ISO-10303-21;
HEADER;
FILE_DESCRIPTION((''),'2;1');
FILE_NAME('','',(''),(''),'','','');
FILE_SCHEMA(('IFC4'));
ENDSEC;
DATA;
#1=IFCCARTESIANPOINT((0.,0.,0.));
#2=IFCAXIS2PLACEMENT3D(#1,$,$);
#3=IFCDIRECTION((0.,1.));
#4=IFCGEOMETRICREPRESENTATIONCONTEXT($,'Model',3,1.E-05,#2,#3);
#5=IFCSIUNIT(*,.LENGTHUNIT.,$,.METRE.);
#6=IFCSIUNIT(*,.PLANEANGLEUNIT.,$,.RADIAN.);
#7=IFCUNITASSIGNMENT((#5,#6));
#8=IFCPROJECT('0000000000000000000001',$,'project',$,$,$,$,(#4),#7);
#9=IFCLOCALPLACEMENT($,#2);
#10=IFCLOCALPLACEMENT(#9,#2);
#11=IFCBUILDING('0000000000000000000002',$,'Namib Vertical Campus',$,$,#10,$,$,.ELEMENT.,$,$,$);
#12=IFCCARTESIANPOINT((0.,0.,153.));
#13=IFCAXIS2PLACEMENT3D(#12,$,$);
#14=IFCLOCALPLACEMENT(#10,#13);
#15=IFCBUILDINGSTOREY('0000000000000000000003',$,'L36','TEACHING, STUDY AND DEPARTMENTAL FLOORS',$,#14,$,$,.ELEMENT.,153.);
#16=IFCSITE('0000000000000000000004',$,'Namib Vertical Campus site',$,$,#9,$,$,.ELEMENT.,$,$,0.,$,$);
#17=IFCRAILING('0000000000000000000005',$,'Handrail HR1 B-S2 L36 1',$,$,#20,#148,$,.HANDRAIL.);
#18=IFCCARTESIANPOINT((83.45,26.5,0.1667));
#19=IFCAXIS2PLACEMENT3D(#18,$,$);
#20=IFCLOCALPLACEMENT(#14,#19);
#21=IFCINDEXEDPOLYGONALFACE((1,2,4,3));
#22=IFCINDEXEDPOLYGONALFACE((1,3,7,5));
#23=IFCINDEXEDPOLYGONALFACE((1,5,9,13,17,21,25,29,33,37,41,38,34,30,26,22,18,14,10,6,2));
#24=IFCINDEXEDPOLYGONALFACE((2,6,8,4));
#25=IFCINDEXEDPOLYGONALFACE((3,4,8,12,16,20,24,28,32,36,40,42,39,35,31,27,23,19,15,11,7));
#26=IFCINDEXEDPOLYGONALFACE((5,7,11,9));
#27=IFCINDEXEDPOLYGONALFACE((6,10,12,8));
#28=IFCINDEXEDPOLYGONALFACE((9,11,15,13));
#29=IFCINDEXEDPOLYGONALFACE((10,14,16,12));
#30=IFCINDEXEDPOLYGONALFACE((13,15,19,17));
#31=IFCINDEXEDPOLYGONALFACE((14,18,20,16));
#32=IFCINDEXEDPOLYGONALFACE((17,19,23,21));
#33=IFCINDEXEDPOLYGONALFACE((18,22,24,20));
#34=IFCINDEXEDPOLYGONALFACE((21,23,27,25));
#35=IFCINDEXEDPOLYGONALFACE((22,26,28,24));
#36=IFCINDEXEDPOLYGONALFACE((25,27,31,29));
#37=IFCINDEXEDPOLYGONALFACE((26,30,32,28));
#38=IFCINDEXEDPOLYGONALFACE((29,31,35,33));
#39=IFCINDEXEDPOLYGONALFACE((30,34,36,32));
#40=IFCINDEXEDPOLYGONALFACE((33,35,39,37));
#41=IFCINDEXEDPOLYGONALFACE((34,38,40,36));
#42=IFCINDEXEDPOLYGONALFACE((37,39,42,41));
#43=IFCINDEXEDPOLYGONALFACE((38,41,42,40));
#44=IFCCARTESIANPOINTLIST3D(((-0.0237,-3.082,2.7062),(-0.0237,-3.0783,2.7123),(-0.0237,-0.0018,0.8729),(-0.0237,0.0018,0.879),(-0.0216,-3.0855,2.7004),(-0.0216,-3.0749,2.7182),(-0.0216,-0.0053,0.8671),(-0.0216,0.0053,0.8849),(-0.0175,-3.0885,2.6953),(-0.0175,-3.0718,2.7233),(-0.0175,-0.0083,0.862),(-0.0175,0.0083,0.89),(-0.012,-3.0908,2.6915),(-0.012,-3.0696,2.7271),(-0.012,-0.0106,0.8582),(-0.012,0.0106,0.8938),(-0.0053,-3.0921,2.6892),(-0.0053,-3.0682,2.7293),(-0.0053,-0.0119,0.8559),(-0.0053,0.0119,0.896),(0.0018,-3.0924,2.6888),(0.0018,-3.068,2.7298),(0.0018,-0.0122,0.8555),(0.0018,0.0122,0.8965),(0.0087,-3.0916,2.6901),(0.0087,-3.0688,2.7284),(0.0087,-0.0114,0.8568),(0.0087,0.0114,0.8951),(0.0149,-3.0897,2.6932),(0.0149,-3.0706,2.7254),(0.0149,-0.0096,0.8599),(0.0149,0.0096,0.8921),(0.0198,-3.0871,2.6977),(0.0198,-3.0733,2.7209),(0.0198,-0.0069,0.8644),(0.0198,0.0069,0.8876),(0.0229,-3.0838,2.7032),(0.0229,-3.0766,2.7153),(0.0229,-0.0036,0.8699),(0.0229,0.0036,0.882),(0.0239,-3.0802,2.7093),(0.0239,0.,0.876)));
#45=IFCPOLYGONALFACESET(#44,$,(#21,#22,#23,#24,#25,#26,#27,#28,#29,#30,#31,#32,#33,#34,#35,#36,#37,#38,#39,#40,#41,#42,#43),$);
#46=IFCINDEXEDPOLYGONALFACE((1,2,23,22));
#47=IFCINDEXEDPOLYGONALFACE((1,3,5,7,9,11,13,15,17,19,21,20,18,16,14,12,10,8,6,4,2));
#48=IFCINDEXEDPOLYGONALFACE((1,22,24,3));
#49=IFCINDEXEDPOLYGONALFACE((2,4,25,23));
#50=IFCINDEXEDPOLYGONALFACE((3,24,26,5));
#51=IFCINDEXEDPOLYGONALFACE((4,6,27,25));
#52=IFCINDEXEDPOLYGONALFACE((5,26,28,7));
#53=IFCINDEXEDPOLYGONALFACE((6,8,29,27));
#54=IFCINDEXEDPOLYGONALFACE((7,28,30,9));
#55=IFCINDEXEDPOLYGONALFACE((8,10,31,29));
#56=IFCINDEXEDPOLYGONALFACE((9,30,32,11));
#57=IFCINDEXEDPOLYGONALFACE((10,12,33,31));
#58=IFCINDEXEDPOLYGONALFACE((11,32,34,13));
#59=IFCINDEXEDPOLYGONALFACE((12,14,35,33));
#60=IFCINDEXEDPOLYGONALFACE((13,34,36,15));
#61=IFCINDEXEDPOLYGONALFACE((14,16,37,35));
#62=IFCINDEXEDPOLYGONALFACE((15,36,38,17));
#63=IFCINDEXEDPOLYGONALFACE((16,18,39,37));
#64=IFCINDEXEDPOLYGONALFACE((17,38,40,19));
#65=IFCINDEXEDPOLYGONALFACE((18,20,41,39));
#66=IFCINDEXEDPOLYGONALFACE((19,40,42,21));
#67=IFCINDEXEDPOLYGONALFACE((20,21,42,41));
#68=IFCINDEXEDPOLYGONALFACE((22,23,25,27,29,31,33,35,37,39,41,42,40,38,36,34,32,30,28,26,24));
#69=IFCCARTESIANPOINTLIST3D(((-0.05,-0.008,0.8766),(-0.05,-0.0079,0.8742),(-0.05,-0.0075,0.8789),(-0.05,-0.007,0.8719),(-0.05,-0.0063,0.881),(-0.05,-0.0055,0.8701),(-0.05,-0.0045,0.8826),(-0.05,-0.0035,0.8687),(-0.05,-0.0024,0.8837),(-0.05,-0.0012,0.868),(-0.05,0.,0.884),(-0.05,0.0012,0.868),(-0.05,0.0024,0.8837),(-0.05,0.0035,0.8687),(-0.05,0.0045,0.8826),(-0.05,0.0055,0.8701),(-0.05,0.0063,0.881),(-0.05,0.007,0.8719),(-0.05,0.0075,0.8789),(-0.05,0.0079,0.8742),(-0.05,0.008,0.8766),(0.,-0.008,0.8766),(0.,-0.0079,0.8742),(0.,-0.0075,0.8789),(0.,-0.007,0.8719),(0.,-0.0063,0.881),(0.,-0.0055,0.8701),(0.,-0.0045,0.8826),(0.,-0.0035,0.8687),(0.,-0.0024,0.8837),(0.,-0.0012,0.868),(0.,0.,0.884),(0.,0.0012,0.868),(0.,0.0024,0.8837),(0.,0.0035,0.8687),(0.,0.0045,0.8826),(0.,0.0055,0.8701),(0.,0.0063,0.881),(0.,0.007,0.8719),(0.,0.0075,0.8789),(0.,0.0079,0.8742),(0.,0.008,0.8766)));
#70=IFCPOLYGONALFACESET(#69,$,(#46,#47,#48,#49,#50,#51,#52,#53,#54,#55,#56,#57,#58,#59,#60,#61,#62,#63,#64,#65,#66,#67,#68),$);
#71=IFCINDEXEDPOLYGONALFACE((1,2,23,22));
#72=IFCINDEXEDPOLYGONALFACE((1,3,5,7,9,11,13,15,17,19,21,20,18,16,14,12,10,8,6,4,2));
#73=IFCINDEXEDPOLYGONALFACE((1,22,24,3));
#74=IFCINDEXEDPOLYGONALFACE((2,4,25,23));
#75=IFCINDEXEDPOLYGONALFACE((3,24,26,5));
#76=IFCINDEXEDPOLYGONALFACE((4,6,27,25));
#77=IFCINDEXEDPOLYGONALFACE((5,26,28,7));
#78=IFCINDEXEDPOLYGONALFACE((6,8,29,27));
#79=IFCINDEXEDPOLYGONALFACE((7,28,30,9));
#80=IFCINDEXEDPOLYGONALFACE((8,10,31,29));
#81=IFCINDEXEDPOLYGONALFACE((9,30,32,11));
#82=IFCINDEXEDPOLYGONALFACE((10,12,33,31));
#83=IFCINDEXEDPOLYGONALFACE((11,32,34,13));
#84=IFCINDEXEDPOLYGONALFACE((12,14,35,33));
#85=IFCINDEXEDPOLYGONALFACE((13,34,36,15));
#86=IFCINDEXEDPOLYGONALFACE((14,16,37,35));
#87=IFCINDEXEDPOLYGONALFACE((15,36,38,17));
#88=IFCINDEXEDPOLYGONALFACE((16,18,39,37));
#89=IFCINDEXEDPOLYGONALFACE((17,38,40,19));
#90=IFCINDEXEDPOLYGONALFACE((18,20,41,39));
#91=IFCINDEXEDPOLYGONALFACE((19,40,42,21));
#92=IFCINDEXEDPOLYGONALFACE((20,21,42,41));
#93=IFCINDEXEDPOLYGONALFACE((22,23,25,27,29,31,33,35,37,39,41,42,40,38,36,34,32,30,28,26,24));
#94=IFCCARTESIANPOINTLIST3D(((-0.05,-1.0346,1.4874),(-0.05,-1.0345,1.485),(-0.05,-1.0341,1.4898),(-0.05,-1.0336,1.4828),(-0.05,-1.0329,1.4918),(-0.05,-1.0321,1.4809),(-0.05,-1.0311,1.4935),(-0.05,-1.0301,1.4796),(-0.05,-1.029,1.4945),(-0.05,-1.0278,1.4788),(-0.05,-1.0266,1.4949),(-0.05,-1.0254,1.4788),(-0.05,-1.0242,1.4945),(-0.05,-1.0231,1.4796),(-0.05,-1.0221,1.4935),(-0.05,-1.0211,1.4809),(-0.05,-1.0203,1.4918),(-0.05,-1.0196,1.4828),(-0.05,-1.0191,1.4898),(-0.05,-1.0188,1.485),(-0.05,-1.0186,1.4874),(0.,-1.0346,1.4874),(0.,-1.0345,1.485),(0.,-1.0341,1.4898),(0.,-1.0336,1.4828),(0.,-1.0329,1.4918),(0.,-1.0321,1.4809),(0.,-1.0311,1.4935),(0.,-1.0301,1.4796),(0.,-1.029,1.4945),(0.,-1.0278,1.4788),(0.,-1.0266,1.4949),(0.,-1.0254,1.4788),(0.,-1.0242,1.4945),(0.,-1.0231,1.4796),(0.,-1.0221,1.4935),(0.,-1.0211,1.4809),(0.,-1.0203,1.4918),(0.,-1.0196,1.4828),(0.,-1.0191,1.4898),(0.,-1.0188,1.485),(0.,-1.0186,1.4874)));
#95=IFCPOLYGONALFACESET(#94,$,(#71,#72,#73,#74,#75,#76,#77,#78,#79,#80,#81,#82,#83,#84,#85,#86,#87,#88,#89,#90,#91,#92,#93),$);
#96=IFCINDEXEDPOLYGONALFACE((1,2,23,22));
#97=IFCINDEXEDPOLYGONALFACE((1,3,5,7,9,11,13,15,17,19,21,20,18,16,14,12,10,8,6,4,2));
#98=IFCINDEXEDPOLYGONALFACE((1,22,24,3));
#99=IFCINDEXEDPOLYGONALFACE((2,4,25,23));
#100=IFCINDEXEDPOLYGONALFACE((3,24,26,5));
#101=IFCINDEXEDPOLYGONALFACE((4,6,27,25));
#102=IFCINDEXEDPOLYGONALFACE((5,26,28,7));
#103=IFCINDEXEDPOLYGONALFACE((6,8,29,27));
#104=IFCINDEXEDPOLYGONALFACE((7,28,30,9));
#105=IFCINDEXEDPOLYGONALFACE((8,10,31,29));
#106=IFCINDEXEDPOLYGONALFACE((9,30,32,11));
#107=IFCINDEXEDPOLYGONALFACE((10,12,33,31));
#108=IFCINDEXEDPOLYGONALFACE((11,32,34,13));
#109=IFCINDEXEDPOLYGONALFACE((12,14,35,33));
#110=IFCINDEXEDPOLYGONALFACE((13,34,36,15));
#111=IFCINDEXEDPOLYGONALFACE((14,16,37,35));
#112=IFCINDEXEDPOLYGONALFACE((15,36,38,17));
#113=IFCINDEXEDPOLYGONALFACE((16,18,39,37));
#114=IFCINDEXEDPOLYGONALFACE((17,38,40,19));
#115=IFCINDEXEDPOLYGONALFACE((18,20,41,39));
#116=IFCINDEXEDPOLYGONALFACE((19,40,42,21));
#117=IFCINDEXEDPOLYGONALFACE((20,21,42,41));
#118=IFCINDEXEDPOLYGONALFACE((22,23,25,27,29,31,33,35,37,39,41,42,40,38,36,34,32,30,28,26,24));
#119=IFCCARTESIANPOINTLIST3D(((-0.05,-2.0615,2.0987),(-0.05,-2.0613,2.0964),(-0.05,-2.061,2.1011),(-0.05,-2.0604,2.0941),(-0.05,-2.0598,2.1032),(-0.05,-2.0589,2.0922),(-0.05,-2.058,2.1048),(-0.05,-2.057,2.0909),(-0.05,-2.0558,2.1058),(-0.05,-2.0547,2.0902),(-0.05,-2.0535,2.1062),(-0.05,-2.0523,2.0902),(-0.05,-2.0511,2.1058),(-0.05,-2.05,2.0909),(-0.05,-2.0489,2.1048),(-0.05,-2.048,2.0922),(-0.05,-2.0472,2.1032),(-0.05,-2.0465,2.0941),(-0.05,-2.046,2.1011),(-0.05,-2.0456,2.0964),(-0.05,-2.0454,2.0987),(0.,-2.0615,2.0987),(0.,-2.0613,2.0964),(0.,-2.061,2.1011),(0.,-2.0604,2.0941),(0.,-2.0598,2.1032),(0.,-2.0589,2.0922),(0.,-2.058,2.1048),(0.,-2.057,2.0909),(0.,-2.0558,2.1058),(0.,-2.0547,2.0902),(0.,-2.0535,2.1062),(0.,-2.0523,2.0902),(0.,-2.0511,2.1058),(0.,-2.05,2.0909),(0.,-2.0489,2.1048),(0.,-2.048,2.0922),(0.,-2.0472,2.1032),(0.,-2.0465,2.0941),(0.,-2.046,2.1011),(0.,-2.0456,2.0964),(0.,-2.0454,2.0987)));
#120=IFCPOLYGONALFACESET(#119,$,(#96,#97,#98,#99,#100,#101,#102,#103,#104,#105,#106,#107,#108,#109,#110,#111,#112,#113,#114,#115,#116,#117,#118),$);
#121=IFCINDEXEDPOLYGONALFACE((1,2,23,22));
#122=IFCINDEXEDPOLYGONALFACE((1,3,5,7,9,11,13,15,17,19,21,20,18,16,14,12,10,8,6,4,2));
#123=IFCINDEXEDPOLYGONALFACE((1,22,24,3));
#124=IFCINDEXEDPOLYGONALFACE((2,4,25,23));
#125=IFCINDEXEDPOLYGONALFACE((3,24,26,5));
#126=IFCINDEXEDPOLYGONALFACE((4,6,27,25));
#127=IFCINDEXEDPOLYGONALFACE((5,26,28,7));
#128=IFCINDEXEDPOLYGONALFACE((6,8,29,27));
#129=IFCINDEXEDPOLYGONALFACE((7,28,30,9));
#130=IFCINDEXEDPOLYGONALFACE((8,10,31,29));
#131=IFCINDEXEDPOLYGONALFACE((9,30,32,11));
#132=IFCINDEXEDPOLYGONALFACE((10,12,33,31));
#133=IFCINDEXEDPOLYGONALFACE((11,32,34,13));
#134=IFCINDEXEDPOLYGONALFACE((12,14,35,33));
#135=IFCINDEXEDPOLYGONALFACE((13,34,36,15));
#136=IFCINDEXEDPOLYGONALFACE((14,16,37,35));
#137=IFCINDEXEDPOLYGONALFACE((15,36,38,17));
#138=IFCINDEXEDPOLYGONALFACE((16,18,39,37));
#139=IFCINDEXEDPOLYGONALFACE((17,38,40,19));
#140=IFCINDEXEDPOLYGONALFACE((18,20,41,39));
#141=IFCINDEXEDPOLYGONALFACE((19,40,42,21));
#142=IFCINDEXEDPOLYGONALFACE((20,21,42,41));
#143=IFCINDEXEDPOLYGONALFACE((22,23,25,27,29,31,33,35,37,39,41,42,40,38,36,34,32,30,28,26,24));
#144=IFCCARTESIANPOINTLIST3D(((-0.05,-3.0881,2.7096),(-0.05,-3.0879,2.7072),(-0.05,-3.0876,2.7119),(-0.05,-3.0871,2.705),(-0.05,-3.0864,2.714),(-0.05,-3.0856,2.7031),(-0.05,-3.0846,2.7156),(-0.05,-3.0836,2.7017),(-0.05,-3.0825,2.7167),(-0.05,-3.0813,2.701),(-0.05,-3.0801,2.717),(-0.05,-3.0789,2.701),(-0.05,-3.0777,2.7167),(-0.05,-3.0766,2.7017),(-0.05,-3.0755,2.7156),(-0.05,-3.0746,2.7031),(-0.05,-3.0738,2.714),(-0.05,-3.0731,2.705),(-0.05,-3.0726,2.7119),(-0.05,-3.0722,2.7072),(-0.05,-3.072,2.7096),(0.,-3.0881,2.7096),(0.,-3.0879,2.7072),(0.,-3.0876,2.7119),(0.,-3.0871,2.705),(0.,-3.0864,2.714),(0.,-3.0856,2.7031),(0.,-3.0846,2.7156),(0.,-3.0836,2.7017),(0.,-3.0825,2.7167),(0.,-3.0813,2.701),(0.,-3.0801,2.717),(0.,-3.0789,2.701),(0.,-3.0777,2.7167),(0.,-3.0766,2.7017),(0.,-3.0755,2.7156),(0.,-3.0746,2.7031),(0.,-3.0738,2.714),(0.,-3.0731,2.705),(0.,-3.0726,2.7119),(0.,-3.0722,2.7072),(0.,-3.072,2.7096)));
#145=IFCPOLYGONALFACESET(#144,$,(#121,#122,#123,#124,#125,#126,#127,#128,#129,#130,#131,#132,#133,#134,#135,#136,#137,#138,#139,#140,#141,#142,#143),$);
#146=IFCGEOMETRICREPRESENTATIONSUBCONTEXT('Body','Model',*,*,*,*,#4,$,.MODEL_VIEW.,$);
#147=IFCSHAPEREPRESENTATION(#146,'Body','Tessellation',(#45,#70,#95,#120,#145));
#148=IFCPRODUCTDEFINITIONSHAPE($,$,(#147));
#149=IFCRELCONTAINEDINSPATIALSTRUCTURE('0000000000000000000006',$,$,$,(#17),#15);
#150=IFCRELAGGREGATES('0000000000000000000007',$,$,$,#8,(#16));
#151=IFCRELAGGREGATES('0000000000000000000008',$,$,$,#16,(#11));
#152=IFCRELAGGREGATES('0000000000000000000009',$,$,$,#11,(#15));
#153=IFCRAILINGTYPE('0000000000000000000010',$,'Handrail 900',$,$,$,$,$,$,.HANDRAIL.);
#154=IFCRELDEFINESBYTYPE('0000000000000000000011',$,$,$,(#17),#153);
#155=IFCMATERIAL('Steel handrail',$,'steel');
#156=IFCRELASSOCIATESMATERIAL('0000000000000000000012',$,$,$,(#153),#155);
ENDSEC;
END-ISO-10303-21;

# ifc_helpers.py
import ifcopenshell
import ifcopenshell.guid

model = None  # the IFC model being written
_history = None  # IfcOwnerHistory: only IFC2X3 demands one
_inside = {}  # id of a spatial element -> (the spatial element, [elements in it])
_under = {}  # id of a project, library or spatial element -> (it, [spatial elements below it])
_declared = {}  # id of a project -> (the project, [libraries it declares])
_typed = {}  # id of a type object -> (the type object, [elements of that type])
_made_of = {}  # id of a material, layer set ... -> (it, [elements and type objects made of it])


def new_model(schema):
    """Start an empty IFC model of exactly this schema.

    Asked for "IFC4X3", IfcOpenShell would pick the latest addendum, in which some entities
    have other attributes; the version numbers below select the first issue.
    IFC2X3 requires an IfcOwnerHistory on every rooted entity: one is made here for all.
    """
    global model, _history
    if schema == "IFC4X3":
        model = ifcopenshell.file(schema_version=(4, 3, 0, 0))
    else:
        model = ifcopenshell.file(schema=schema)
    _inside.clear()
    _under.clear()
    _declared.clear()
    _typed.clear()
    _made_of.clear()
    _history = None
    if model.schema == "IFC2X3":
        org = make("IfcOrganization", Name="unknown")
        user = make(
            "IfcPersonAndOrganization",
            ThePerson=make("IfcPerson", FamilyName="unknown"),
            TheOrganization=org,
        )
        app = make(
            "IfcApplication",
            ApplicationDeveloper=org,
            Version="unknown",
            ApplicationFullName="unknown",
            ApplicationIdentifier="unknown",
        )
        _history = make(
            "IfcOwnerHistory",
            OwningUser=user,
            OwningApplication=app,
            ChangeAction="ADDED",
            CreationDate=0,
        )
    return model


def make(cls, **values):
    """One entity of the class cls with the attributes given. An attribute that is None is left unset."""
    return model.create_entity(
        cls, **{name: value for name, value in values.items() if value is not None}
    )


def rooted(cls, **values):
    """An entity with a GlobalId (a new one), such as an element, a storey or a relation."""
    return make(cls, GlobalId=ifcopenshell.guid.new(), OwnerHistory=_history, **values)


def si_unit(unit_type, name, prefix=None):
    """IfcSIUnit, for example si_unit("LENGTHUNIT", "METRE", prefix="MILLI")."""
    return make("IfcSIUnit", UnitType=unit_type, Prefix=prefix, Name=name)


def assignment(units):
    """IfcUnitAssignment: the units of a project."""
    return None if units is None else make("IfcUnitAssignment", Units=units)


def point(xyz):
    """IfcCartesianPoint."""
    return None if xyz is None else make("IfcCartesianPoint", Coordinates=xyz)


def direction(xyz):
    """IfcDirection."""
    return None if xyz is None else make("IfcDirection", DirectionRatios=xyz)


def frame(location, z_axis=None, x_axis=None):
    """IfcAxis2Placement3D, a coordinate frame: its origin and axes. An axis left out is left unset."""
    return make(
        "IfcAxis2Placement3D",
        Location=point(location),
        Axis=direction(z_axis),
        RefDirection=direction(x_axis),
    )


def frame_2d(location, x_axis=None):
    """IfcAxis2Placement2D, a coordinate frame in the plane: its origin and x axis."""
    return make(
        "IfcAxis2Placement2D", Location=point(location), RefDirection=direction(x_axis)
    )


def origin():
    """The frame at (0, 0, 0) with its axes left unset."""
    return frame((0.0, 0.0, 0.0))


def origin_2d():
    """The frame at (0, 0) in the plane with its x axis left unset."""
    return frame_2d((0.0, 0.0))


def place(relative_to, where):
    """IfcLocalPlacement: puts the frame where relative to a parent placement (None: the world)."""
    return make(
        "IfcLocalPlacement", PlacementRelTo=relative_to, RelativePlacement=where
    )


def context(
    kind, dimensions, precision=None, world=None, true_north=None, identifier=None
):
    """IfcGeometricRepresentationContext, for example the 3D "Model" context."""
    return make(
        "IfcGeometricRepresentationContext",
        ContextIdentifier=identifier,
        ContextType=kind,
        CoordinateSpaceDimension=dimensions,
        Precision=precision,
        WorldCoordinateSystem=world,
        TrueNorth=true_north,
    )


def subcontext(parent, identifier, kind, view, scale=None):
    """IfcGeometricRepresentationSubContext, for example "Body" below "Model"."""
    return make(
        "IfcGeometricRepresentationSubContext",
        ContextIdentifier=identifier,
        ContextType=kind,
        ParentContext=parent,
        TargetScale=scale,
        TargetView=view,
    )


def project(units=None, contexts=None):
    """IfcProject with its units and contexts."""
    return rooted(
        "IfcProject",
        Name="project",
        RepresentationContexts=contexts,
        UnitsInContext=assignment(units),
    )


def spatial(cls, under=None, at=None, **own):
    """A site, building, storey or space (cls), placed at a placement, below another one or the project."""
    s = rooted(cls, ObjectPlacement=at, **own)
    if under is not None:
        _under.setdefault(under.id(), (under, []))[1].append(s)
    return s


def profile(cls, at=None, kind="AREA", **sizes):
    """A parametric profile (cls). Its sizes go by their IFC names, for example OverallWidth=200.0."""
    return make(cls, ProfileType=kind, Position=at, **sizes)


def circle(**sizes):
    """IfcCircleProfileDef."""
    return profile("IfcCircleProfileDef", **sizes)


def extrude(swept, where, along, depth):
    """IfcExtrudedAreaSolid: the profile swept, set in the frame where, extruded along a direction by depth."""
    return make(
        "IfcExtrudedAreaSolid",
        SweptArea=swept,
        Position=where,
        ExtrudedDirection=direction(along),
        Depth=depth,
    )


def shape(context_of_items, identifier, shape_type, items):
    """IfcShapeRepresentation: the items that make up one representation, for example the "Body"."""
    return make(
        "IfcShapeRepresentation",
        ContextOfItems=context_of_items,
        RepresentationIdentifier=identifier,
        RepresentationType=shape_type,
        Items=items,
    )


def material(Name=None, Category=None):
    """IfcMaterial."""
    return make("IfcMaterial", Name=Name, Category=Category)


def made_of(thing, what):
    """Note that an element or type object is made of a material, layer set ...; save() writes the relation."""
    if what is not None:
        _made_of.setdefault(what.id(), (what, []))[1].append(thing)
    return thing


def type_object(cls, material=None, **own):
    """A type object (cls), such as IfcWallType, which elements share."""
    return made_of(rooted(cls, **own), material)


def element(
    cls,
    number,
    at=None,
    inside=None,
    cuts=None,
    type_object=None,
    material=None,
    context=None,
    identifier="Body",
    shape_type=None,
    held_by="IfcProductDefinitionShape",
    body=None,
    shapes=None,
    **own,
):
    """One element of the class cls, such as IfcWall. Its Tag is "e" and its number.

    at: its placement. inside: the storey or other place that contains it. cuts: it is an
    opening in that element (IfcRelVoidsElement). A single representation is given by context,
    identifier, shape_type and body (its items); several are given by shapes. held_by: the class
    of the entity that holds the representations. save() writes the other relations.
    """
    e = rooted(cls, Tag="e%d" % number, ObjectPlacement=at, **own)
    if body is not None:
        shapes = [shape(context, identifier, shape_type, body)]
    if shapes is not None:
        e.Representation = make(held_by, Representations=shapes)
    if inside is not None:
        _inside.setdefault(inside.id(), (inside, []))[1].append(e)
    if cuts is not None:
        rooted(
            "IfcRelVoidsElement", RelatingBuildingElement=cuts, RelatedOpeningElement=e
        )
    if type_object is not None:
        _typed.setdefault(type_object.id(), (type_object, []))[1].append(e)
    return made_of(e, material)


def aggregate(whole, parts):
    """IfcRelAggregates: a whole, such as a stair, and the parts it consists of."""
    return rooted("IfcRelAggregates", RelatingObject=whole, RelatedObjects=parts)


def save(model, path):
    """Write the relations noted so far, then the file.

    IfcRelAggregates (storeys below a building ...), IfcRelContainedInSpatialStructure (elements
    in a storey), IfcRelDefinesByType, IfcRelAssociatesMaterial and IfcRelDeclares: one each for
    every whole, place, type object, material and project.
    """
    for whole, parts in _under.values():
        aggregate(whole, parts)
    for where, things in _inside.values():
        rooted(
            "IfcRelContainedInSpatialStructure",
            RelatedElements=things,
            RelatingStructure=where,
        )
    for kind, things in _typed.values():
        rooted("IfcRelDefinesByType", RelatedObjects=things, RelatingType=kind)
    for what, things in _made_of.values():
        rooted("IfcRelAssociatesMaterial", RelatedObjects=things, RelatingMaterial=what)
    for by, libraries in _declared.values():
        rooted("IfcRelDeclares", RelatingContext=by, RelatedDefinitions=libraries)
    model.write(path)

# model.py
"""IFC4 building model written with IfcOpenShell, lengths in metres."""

from ifc_helpers import new_model, si_unit, direction, frame, origin, origin_2d, place, context, subcontext, project, spatial, circle, extrude, material, type_object, element, save


model = new_model("IFC4")

# Units and contexts
model_context = context("Model", 3, precision=1e-05, world=origin(), true_north=direction((0.0, 1.0)))
body_context = subcontext(model_context, "Body", "Model", "MODEL_VIEW")
ifc_project = project(units=[si_unit("LENGTHUNIT", "METRE"), si_unit("PLANEANGLEUNIT", "RADIAN")], contexts=[model_context])

# Site, building, storey
site_placement = place(None, origin())
site = spatial("IfcSite", under=ifc_project, at=site_placement, Name="Namib Vertical Campus site", CompositionType="ELEMENT", RefElevation=0.0)
building_placement = place(site_placement, origin())
building = spatial("IfcBuilding", under=site, at=building_placement, Name="Namib Vertical Campus", CompositionType="ELEMENT")
storey_placement = place(building_placement, frame((0.0, 0.0, 153.0)))
storey = spatial("IfcBuildingStorey", under=building, at=storey_placement, Name="L36", Description="TEACHING, STUDY AND DEPARTMENTAL FLOORS", CompositionType="ELEMENT", Elevation=153.0)

# Railing
ifc_material_1 = material(Name="Steel handrail", Category="steel")
railing_type_1 = type_object("IfcRailingType", Name="Handrail 900", PredefinedType="HANDRAIL", material=ifc_material_1)
railing_1_placement = place(storey_placement, frame((83.45, 26.5, 0.1667)))
element("IfcRailing", 1, at=railing_1_placement, inside=storey, type_object=railing_type_1, Name="Handrail HR1 B-S2 L36 1", PredefinedType="HANDRAIL", context=body_context, shape_type="SweptSolid", body=[
    extrude(circle(Radius=0.0239, at=origin_2d()), frame((0.0, 0.0, 0.876), z_axis=(0.0, -0.859309, 0.511458), x_axis=(1.0, 0.0, 0.0)), (0.0, 0.0, 1.0), 3.5845),
    extrude(circle(Radius=0.0081, at=origin_2d()), frame((0.0, 0.0, 0.876), z_axis=(-1.0, 0.0, 0.0), x_axis=(0.0, 0.0, 1.0)), (0.0, 0.0, 1.0), 0.05),
    extrude(circle(Radius=0.0081, at=origin_2d()), frame((0.0, -1.0266, 1.4868), z_axis=(-1.0, 0.0, 0.0), x_axis=(0.0, 0.0, 1.0)), (0.0, 0.0, 1.0), 0.05),
    extrude(circle(Radius=0.0081, at=origin_2d()), frame((0.0, -2.0535, 2.0981), z_axis=(-1.0, 0.0, 0.0), x_axis=(0.0, 0.0, 1.0)), (0.0, 0.0, 1.0), 0.05),
    extrude(circle(Radius=0.0081, at=origin_2d()), frame((0.0, -3.0801, 2.709), z_axis=(-1.0, 0.0, 0.0), x_axis=(0.0, 0.0, 1.0)), (0.0, 0.0, 1.0), 0.05),
])

save(model, "model.ifc")
